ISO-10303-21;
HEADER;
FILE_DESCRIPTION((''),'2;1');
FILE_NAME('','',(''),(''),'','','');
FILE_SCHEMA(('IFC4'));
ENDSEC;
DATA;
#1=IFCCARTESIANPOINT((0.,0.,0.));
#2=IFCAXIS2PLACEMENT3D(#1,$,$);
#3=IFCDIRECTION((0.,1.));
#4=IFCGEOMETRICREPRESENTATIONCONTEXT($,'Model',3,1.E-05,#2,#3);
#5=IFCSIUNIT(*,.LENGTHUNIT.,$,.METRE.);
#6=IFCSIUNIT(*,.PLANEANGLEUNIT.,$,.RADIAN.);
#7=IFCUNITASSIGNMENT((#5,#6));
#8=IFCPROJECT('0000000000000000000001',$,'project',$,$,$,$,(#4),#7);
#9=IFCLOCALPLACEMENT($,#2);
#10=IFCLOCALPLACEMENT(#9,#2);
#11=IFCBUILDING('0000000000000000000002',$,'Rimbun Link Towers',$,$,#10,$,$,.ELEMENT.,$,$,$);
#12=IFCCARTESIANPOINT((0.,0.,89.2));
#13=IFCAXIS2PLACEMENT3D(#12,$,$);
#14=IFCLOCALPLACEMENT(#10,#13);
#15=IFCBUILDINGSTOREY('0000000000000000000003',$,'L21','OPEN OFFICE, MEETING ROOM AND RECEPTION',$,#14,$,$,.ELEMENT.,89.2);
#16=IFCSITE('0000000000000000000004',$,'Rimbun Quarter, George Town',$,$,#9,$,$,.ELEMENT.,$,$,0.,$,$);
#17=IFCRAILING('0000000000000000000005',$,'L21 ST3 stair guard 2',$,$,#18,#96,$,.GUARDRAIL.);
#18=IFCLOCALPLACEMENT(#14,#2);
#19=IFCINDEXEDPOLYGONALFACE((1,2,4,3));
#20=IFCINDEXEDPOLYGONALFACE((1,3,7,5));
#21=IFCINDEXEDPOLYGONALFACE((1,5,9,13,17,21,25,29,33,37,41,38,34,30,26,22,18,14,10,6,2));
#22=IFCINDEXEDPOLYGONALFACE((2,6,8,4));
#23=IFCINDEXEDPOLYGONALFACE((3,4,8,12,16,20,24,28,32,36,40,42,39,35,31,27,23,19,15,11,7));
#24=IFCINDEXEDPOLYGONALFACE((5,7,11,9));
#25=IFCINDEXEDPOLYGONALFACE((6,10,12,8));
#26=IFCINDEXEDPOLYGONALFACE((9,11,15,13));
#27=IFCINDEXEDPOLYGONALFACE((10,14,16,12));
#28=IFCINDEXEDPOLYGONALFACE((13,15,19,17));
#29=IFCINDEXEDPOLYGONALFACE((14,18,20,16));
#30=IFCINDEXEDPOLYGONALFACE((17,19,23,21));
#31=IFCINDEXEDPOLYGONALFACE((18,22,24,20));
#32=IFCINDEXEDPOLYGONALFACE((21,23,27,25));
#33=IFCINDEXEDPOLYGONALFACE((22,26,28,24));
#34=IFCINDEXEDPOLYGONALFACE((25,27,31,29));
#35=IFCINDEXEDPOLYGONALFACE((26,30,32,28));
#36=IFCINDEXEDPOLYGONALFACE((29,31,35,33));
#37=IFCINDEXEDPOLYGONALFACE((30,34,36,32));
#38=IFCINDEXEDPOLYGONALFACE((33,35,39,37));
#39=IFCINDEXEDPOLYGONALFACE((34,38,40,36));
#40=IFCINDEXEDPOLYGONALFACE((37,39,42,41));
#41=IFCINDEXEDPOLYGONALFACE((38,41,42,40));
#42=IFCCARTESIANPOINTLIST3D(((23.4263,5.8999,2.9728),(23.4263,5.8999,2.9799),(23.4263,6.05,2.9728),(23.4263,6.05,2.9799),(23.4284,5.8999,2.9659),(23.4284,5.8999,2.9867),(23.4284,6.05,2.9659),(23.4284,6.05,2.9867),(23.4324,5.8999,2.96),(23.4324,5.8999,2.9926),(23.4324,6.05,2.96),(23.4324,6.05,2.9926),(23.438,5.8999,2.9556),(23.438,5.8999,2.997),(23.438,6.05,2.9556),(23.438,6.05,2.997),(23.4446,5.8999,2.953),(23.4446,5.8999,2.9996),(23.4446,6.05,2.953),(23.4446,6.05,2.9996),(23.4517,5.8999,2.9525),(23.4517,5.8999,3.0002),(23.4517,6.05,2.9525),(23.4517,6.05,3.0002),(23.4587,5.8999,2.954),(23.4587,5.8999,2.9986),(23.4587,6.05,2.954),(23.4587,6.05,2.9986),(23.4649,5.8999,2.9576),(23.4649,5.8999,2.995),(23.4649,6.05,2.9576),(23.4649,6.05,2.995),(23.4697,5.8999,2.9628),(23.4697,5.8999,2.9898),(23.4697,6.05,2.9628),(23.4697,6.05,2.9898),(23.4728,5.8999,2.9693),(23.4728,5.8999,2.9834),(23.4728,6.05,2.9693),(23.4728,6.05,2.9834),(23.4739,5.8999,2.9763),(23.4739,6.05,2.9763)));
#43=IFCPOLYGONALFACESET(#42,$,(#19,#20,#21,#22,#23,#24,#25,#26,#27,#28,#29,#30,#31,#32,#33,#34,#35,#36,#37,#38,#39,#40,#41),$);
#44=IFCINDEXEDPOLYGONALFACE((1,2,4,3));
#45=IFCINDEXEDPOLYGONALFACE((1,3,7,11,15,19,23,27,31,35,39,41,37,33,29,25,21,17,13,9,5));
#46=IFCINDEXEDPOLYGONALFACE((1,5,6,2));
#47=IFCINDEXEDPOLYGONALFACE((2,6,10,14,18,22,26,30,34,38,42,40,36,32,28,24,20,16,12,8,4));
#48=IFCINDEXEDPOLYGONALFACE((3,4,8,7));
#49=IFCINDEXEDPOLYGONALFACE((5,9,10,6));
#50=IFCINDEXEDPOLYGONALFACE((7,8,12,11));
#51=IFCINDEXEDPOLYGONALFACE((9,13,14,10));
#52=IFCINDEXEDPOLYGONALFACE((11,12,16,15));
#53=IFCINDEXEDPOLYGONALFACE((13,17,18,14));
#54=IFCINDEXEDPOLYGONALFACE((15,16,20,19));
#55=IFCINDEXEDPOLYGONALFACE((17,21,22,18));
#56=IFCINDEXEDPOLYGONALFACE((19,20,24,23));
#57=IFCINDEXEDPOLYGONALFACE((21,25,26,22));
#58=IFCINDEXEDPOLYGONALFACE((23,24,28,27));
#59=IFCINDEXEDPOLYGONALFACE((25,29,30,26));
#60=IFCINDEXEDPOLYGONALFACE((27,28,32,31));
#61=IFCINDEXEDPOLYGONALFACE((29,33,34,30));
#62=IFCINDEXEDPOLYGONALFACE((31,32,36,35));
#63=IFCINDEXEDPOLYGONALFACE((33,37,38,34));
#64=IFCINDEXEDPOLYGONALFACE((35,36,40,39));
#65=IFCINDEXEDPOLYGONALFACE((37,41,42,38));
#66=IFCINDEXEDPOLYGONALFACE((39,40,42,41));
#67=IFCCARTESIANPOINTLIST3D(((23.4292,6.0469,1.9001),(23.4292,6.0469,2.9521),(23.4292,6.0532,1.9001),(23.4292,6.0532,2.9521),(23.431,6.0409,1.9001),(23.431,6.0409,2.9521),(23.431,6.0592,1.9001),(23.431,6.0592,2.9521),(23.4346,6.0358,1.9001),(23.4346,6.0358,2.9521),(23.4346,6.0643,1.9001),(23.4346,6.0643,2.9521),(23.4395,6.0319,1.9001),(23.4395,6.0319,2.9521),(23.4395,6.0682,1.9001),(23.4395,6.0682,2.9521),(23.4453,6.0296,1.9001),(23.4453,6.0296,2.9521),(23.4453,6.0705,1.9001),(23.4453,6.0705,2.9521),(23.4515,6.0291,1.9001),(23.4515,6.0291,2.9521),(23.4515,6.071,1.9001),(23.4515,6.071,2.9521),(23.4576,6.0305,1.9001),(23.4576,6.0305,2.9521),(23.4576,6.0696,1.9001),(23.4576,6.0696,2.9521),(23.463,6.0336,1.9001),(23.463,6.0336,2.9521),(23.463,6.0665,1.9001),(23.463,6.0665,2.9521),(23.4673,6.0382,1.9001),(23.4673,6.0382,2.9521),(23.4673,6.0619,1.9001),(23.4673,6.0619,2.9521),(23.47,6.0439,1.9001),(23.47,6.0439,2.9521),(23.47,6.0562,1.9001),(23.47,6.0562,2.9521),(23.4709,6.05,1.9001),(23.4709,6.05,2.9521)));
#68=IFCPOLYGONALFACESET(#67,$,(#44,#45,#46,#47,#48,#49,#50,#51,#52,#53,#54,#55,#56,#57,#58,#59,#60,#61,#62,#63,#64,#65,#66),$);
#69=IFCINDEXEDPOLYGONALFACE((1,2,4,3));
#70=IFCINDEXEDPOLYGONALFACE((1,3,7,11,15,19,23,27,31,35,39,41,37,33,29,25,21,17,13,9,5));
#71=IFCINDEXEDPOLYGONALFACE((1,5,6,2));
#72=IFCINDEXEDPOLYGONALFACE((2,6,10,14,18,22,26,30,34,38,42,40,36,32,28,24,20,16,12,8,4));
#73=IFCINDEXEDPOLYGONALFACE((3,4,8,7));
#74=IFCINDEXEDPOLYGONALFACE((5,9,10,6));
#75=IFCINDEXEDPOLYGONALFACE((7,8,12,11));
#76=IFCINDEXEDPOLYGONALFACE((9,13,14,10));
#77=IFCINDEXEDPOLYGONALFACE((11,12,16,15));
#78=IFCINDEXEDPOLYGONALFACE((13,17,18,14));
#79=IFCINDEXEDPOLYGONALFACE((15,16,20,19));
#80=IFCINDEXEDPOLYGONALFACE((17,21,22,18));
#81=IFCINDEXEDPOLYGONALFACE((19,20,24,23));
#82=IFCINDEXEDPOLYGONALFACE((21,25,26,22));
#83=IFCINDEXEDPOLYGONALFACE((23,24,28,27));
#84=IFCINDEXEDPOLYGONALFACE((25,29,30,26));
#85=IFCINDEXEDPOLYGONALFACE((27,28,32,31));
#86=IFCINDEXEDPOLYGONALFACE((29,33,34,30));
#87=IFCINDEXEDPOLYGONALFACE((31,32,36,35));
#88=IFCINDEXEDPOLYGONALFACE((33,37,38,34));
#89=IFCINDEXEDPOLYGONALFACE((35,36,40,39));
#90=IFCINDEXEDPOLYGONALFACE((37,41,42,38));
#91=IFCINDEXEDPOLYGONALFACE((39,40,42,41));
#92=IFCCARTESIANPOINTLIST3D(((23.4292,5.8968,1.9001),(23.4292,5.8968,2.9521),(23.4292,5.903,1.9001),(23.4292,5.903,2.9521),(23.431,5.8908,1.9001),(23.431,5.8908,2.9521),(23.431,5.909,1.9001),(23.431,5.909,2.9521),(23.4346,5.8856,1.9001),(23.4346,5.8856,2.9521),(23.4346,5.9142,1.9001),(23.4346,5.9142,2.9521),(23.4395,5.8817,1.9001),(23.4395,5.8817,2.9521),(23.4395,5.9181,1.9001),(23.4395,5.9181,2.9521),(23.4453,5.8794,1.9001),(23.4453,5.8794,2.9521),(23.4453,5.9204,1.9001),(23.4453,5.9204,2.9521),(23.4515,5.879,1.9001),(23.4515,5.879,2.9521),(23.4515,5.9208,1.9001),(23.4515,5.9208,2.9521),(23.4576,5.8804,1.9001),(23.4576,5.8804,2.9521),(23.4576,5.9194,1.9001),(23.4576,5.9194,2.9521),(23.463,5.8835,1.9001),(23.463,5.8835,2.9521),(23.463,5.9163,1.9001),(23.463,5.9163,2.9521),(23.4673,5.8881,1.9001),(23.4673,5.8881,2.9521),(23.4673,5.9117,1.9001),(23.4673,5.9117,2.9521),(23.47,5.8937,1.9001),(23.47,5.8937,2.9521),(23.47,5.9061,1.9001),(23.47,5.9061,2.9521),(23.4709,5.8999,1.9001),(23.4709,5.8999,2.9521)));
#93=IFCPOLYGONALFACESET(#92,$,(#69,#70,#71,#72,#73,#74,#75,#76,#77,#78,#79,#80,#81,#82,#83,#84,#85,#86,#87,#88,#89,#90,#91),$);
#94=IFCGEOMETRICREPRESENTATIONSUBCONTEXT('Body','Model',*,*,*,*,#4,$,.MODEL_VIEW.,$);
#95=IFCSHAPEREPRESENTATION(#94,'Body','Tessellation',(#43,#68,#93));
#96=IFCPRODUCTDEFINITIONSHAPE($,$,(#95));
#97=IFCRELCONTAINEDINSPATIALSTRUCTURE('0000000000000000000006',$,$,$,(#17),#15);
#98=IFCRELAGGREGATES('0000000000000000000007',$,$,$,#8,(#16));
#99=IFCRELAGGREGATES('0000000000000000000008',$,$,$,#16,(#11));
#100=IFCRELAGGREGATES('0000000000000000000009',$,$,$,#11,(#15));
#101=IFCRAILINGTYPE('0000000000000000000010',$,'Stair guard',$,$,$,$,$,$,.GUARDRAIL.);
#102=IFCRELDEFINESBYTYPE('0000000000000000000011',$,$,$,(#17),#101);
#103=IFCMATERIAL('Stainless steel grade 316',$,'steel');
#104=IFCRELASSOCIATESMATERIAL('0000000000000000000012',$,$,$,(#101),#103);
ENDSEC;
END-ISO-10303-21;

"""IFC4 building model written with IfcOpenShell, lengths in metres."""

from ifc_helpers import new_model, si_unit, direction, frame, origin, origin_2d, place, context, subcontext, project, spatial, circle, extrude, material, type_object, element, save


model = new_model("IFC4")

# Units and contexts
model_context = context("Model", 3, precision=1e-05, world=origin(), true_north=direction((0.0, 1.0)))
body_context = subcontext(model_context, "Body", "Model", "MODEL_VIEW")
ifc_project = project(units=[si_unit("LENGTHUNIT", "METRE"), si_unit("PLANEANGLEUNIT", "RADIAN")], contexts=[model_context])

# Site, building, storey
site_placement = place(None, origin())
site = spatial("IfcSite", under=ifc_project, at=site_placement, Name="Rimbun Quarter, George Town", CompositionType="ELEMENT", RefElevation=0.0)
building_placement = place(site_placement, origin())
building = spatial("IfcBuilding", under=site, at=building_placement, Name="Rimbun Link Towers", CompositionType="ELEMENT")
storey_placement = place(building_placement, frame((0.0, 0.0, 89.2)))
storey = spatial("IfcBuildingStorey", under=building, at=storey_placement, Name="L21", Description="OPEN OFFICE, MEETING ROOM AND RECEPTION", CompositionType="ELEMENT", Elevation=89.2)

# Railing
ifc_material_1 = material(Name="Stainless steel grade 316", Category="steel")
railing_type = type_object("IfcRailingType", Name="Stair guard", PredefinedType="GUARDRAIL", material=ifc_material_1)
railing_1_placement = place(storey_placement, frame((23.45, 6.05, 1.9001)))
element("IfcRailing", 1, at=railing_1_placement, inside=storey, type_object=railing_type, Name="L21 ST3 stair guard 2", PredefinedType="GUARDRAIL", context=body_context, shape_type="SweptSolid", body=[
    extrude(circle(Radius=0.0239, at=origin_2d()), frame((0.0, 0.0, 1.0762), z_axis=(0.0, -1.0, 0.0), x_axis=(1.0, 0.0, 0.0)), (0.0, 0.0, 1.0), 0.1501),
    extrude(circle(Radius=0.021, at=origin_2d()), origin(), (0.0, 0.0, 1.0), 1.052),
    extrude(circle(Radius=0.021, at=origin_2d()), frame((0.0, -0.1501, 0.0)), (0.0, 0.0, 1.0), 1.052),
])

save(model, "model.ifc")
